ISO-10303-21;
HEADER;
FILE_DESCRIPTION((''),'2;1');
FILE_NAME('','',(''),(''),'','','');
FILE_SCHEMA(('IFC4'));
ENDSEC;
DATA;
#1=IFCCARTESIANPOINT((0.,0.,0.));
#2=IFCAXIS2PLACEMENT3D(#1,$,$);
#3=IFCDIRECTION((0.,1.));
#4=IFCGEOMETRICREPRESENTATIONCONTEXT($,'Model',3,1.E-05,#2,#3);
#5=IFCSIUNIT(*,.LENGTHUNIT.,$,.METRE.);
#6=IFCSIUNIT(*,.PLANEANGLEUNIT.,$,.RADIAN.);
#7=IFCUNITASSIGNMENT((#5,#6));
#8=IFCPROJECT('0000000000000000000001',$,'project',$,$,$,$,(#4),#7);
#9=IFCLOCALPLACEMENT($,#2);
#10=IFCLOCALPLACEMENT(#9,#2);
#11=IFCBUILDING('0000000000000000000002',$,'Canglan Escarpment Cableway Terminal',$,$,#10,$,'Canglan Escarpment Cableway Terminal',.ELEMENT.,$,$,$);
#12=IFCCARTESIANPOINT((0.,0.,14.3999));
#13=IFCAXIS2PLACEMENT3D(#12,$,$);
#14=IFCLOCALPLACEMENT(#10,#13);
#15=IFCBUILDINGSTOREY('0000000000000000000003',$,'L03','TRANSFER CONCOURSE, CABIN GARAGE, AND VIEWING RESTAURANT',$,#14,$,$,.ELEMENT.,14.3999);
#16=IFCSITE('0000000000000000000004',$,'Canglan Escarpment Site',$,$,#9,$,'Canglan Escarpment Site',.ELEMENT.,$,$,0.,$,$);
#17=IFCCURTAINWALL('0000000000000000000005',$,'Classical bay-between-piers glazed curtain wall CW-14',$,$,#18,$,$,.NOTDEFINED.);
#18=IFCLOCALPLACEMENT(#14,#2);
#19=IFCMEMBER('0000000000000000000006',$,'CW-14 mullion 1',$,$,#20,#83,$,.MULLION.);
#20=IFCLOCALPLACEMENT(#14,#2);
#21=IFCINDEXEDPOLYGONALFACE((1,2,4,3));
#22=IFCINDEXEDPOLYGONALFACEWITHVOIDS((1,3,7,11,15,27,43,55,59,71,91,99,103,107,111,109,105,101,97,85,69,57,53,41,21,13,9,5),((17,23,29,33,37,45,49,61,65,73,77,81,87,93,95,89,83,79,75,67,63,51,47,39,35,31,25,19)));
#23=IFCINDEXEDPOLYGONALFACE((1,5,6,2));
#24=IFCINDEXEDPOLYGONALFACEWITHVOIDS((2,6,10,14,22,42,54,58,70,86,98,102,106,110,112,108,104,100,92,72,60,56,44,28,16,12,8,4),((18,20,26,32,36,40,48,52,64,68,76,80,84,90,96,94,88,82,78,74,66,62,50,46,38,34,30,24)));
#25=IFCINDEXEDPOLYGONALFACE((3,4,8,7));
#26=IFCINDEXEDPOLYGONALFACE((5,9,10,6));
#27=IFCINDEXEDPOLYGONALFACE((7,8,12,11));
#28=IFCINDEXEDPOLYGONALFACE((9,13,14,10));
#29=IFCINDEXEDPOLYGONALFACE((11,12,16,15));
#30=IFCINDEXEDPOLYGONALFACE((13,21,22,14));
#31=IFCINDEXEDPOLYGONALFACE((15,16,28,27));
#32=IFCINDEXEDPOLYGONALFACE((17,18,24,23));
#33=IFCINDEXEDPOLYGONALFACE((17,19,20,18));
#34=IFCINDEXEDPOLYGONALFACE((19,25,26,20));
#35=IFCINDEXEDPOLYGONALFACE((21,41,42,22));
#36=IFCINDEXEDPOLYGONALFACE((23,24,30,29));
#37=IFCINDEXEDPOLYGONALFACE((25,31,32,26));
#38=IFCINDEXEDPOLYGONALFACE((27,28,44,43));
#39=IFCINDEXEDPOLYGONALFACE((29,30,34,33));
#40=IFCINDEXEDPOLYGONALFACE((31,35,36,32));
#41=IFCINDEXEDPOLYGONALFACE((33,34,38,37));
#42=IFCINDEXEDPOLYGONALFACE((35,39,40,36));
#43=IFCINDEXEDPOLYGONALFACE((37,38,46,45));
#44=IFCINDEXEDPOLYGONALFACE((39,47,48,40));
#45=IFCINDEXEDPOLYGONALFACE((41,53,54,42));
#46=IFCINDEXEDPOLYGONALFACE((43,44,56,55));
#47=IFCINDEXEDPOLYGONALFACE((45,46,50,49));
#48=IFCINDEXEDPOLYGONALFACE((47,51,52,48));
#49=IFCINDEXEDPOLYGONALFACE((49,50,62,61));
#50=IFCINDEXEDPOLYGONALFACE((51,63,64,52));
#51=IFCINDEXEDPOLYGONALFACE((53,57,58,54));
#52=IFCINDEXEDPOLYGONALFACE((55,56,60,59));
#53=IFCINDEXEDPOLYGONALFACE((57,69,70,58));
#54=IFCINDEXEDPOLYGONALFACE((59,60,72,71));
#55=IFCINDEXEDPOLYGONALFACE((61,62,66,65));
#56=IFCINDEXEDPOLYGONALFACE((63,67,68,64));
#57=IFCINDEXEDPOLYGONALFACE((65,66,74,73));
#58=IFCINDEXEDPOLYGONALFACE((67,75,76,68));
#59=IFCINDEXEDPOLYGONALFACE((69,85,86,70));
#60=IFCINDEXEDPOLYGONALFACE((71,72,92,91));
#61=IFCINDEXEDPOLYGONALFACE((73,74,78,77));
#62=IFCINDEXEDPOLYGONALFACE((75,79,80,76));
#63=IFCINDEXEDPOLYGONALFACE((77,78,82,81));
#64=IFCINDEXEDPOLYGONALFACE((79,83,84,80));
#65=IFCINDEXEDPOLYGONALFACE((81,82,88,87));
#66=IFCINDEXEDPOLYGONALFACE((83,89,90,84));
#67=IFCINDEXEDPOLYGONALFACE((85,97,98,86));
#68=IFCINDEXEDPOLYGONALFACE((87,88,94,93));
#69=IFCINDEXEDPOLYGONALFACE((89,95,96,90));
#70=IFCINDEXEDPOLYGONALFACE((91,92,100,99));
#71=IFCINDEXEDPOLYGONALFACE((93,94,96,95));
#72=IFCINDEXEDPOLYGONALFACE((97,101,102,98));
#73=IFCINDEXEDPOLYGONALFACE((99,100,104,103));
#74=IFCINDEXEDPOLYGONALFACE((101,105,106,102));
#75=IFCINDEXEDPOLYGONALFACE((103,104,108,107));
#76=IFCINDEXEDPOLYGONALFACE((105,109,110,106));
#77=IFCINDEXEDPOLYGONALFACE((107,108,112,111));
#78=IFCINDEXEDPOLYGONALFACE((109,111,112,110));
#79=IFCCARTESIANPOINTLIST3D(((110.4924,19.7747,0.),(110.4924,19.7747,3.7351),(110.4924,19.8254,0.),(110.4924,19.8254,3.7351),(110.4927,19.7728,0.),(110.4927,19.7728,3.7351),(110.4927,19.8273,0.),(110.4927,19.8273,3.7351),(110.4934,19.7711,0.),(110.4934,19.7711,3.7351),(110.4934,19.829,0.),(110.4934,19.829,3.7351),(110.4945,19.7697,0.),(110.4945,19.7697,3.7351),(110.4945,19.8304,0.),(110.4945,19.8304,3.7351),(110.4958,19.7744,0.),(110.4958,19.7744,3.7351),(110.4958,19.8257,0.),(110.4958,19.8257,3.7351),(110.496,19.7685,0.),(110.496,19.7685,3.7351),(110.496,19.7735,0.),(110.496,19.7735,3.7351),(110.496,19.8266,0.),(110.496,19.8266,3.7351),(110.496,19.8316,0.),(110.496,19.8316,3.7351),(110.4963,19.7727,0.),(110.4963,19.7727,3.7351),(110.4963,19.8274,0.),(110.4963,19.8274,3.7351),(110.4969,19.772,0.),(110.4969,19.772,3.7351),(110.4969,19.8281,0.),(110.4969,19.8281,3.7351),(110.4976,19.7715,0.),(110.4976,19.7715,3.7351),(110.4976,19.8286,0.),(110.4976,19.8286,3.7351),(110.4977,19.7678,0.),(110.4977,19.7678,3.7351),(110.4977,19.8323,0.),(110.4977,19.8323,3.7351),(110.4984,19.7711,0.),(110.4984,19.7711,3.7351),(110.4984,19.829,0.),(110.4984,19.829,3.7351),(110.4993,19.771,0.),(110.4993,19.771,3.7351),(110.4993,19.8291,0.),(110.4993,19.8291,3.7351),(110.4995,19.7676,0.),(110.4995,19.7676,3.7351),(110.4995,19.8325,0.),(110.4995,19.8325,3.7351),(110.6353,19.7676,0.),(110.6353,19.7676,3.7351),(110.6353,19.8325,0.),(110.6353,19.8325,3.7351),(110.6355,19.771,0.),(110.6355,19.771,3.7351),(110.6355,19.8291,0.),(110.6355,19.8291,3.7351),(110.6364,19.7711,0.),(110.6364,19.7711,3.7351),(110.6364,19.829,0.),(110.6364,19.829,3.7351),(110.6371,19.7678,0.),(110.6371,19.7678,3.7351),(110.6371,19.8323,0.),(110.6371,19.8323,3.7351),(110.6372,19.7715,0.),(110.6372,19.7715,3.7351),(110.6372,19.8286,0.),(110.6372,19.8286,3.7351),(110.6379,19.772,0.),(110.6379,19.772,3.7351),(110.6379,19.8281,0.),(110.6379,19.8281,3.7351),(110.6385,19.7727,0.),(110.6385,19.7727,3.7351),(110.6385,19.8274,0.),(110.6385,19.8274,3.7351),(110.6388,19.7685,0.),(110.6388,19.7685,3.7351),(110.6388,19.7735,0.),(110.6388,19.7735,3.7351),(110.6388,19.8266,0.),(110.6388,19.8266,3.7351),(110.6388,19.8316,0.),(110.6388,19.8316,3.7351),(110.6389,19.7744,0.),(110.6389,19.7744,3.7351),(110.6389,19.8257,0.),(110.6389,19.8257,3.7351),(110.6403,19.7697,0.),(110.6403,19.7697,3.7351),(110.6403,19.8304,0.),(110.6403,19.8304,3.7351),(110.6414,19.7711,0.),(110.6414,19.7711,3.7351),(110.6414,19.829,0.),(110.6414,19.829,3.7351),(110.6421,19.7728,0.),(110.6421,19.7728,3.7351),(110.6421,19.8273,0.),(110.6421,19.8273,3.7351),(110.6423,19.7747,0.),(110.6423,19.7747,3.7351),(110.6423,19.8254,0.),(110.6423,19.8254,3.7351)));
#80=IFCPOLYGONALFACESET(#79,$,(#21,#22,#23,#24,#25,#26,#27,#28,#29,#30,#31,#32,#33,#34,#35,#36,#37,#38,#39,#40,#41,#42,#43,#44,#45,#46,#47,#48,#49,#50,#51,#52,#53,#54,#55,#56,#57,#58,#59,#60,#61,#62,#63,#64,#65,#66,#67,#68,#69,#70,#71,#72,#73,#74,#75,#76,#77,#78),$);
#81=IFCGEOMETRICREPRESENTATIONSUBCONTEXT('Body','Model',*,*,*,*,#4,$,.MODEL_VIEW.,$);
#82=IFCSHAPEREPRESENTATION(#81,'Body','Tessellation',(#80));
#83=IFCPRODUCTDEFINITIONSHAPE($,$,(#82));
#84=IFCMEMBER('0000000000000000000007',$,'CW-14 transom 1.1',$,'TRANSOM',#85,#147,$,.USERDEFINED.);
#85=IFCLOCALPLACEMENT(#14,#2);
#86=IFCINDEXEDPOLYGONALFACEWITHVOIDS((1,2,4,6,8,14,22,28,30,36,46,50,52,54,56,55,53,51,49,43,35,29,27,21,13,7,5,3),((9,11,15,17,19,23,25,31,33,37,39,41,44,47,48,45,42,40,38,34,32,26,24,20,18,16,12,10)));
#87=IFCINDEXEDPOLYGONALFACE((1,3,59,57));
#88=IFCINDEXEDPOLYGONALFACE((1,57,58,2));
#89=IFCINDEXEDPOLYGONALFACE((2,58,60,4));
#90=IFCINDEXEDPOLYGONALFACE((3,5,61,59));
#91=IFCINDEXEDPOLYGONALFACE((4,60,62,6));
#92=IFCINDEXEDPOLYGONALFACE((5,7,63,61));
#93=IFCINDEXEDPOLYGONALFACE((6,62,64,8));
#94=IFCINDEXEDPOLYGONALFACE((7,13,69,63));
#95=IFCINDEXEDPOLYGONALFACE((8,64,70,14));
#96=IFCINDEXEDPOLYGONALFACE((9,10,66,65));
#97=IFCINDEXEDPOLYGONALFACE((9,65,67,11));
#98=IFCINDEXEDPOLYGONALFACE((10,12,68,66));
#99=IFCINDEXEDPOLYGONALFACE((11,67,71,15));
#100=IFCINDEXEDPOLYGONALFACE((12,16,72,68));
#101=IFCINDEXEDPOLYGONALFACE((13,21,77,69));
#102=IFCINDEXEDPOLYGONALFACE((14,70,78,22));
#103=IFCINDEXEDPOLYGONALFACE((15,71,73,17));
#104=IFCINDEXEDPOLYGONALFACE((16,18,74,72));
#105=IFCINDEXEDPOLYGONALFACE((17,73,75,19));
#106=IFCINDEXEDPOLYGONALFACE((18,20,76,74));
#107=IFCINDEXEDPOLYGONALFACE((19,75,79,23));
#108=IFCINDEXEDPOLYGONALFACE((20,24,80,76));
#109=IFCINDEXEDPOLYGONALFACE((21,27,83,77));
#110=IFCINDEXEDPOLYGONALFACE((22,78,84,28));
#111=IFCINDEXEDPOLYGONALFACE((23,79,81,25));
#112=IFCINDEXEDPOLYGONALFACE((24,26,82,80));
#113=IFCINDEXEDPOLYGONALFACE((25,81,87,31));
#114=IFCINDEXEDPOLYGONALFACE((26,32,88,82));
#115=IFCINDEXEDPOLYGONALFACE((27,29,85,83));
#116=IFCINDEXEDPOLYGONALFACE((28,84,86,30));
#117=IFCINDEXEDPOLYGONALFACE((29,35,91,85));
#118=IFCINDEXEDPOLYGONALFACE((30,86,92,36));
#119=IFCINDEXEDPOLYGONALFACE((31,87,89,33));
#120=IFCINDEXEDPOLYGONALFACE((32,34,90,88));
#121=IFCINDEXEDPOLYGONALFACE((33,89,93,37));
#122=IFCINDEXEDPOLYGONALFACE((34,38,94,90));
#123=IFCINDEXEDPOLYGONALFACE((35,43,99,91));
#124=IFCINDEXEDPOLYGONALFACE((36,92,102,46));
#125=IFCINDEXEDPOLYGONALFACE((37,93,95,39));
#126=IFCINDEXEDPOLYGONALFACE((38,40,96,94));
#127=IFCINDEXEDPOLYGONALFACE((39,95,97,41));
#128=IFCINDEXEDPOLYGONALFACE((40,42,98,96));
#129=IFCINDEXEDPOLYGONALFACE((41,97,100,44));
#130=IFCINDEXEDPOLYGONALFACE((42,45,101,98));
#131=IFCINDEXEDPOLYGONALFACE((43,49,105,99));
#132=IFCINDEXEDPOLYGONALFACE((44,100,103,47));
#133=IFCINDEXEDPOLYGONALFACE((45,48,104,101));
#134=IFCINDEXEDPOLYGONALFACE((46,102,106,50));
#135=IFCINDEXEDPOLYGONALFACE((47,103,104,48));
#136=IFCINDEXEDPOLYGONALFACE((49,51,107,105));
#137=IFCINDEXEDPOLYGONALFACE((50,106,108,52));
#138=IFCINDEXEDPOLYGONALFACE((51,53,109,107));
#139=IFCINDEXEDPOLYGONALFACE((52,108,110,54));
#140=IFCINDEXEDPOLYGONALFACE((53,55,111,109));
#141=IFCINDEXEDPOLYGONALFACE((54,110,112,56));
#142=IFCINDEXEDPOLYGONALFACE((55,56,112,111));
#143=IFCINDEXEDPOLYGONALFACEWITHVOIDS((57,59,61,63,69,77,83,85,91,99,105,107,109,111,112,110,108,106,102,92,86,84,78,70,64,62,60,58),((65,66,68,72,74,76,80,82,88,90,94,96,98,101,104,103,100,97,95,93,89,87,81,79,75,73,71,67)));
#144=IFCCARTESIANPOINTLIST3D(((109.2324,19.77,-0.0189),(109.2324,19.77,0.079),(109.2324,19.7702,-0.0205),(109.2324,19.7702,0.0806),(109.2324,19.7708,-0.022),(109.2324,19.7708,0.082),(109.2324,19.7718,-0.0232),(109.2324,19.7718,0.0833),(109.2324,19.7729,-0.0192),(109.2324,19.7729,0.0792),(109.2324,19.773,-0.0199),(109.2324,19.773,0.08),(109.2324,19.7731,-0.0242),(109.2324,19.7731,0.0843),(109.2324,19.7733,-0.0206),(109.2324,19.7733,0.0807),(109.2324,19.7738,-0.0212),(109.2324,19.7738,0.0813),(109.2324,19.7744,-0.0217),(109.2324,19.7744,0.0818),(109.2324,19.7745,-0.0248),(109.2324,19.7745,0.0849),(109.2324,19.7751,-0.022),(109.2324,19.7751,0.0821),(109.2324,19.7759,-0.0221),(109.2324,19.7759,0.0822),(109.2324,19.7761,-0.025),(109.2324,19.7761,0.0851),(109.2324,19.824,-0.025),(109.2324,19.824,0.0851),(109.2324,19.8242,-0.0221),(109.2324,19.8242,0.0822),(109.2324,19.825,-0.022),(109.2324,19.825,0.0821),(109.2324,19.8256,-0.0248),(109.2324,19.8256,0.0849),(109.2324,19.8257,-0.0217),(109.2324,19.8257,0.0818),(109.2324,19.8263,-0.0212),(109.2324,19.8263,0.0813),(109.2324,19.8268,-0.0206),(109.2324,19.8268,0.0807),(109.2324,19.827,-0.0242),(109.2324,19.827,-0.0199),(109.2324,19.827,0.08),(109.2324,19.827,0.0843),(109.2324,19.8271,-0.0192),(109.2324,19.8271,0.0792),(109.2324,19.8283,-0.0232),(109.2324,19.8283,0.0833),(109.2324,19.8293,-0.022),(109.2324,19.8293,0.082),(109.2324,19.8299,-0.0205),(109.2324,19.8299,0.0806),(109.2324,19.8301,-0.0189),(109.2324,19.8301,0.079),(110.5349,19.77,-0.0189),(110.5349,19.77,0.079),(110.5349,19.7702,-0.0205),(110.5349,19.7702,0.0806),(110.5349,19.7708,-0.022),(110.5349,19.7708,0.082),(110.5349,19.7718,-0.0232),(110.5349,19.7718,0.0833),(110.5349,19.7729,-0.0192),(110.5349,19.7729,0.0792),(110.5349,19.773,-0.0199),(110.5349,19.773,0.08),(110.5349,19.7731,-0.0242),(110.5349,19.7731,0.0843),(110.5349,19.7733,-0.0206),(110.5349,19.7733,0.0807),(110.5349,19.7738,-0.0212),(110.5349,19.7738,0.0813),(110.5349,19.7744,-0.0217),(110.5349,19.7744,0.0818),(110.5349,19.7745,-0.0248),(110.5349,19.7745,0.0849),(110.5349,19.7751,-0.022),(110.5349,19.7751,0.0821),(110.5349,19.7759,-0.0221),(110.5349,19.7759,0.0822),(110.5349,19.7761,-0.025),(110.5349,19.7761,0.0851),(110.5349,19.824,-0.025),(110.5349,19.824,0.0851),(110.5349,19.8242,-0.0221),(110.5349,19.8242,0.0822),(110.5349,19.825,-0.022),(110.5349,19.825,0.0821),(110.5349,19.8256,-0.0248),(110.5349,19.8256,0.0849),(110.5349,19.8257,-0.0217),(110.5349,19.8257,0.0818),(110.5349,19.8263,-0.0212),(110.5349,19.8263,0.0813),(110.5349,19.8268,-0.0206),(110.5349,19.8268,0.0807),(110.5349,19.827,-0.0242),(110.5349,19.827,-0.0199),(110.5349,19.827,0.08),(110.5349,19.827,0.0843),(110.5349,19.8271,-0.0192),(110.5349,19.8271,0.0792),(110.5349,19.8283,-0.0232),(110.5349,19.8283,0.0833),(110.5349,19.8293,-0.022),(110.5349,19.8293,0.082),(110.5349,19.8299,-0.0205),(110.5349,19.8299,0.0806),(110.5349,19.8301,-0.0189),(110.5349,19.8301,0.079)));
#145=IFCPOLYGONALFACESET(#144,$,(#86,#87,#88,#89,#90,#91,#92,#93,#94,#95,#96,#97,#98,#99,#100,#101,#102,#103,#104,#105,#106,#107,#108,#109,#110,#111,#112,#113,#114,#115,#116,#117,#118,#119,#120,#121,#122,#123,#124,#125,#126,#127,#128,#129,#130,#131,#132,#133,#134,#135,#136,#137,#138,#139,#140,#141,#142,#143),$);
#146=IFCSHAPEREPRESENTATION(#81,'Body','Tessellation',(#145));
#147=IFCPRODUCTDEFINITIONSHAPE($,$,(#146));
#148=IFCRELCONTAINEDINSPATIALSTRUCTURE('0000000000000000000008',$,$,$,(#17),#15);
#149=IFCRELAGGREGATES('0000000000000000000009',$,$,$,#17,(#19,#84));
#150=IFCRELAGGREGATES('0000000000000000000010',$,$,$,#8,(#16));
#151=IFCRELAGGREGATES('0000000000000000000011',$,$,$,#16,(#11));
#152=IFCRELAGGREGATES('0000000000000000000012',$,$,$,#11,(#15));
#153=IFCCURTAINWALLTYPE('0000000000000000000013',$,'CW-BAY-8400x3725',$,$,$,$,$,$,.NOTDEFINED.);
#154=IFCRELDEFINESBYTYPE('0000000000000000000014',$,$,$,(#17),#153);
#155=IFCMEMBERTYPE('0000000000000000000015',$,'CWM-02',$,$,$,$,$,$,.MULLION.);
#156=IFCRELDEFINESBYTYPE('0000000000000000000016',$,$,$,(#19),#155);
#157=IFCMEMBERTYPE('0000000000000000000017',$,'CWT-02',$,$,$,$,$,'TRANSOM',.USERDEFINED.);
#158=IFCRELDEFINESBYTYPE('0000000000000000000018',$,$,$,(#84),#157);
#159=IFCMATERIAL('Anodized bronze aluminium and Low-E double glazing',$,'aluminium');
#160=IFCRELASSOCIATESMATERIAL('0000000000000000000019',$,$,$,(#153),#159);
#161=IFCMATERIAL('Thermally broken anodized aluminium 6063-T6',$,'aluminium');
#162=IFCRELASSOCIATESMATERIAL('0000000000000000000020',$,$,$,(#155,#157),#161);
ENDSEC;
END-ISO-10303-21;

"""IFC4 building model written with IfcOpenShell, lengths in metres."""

from ifc_helpers import new_model, si_unit, direction, frame, origin, origin_2d, place, context, subcontext, project, spatial, hollow_rectangle, extrude, material, material_profile, profile_set, type_object, element, aggregate, save


model = new_model("IFC4")

# Units and contexts
model_context = context("Model", 3, precision=1e-05, world=origin(), true_north=direction((0.0, 1.0)))
body_context = subcontext(model_context, "Body", "Model", "MODEL_VIEW")
ifc_project = project(units=[si_unit("LENGTHUNIT", "METRE"), si_unit("PLANEANGLEUNIT", "RADIAN")], contexts=[model_context])

# Site, building, storey
site_placement = place(None, origin())
site = spatial("IfcSite", under=ifc_project, at=site_placement, Name="Canglan Escarpment Site", LongName="Canglan Escarpment Site", CompositionType="ELEMENT", RefElevation=0.0)
building_placement = place(site_placement, origin())
building = spatial("IfcBuilding", under=site, at=building_placement, Name="Canglan Escarpment Cableway Terminal", LongName="Canglan Escarpment Cableway Terminal", CompositionType="ELEMENT")
storey_placement = place(building_placement, frame((0.0, 0.0, 14.3999)))
storey = spatial("IfcBuildingStorey", under=building, at=storey_placement, Name="L03", Description="TRANSFER CONCOURSE, CABIN GARAGE, AND VIEWING RESTAURANT", CompositionType="ELEMENT", Elevation=14.3999)

# Curtain wall, members
ifc_material_1 = material(Name="Anodized bronze aluminium and Low-E double glazing", Category="aluminium")
curtain_wall_type = type_object("IfcCurtainWallType", Name="CW-BAY-8400x3725", PredefinedType="NOTDEFINED", material=ifc_material_1)
curtain_wall_placement = place(storey_placement, origin())
curtain_wall = element("IfcCurtainWall", 1, at=curtain_wall_placement, inside=storey, type_object=curtain_wall_type, Name="Classical bay-between-piers glazed curtain wall CW-14", PredefinedType="NOTDEFINED")
ifc_material_2 = material(Name="Thermally broken anodized aluminium 6063-T6", Category="aluminium")
ifc_material_profile_1 = material_profile(ifc_material_2, hollow_rectangle(XDim=0.0649, YDim=0.1499, WallThickness=0.0034, InnerFilletRadius=0.0034, OuterFilletRadius=0.0071, at=origin_2d()), Name="ALU-MULL 65x150x3.5")
ifc_profile_set_1 = profile_set([ifc_material_profile_1], Name="Thermally broken anodized aluminium 6063-T6")
member_type_1 = type_object("IfcMemberType", Name="CWM-02", PredefinedType="MULLION", material=ifc_profile_set_1)
member_1_placement = place(storey_placement, frame((110.5674, 19.8, 0.0), z_axis=(0.0, 0.0, 1.0), x_axis=(0.0, -1.0, 0.0)))
member_1 = element("IfcMember", 2, at=member_1_placement, type_object=member_type_1, Name="CW-14 mullion 1", PredefinedType="MULLION", context=body_context, shape_type="SweptSolid", body=[
    extrude(hollow_rectangle(XDim=0.0649, YDim=0.1499, WallThickness=0.0034, InnerFilletRadius=0.0034, OuterFilletRadius=0.0071, at=origin_2d()), origin(), (0.0, 0.0, 1.0), 3.7351),
])
ifc_material_profile_2 = material_profile(ifc_material_2, hollow_rectangle(XDim=0.0601, YDim=0.1101, WallThickness=0.0029, InnerFilletRadius=0.0029, OuterFilletRadius=0.0061, at=origin_2d()), Name="ALU-TRAN 60x110x3")
ifc_profile_set_2 = profile_set([ifc_material_profile_2], Name="Thermally broken anodized aluminium 6063-T6")
member_type_2 = type_object("IfcMemberType", Name="CWT-02", ElementType="TRANSOM", PredefinedType="USERDEFINED", material=ifc_profile_set_2)
member_2_placement = place(storey_placement, frame((110.5349, 19.8, 0.03), z_axis=(-1.0, 0.0, 0.0), x_axis=(0.0, -1.0, 0.0)))
member_2 = element("IfcMember", 3, at=member_2_placement, type_object=member_type_2, Name="CW-14 transom 1.1", ObjectType="TRANSOM", PredefinedType="USERDEFINED", context=body_context, shape_type="SweptSolid", body=[
    extrude(hollow_rectangle(XDim=0.0601, YDim=0.1101, WallThickness=0.0029, InnerFilletRadius=0.0029, OuterFilletRadius=0.0061, at=origin_2d()), origin(), (0.0, 0.0, 1.0), 1.3025),
])
aggregate(curtain_wall, [member_1, member_2])

save(model, "model.ifc")
